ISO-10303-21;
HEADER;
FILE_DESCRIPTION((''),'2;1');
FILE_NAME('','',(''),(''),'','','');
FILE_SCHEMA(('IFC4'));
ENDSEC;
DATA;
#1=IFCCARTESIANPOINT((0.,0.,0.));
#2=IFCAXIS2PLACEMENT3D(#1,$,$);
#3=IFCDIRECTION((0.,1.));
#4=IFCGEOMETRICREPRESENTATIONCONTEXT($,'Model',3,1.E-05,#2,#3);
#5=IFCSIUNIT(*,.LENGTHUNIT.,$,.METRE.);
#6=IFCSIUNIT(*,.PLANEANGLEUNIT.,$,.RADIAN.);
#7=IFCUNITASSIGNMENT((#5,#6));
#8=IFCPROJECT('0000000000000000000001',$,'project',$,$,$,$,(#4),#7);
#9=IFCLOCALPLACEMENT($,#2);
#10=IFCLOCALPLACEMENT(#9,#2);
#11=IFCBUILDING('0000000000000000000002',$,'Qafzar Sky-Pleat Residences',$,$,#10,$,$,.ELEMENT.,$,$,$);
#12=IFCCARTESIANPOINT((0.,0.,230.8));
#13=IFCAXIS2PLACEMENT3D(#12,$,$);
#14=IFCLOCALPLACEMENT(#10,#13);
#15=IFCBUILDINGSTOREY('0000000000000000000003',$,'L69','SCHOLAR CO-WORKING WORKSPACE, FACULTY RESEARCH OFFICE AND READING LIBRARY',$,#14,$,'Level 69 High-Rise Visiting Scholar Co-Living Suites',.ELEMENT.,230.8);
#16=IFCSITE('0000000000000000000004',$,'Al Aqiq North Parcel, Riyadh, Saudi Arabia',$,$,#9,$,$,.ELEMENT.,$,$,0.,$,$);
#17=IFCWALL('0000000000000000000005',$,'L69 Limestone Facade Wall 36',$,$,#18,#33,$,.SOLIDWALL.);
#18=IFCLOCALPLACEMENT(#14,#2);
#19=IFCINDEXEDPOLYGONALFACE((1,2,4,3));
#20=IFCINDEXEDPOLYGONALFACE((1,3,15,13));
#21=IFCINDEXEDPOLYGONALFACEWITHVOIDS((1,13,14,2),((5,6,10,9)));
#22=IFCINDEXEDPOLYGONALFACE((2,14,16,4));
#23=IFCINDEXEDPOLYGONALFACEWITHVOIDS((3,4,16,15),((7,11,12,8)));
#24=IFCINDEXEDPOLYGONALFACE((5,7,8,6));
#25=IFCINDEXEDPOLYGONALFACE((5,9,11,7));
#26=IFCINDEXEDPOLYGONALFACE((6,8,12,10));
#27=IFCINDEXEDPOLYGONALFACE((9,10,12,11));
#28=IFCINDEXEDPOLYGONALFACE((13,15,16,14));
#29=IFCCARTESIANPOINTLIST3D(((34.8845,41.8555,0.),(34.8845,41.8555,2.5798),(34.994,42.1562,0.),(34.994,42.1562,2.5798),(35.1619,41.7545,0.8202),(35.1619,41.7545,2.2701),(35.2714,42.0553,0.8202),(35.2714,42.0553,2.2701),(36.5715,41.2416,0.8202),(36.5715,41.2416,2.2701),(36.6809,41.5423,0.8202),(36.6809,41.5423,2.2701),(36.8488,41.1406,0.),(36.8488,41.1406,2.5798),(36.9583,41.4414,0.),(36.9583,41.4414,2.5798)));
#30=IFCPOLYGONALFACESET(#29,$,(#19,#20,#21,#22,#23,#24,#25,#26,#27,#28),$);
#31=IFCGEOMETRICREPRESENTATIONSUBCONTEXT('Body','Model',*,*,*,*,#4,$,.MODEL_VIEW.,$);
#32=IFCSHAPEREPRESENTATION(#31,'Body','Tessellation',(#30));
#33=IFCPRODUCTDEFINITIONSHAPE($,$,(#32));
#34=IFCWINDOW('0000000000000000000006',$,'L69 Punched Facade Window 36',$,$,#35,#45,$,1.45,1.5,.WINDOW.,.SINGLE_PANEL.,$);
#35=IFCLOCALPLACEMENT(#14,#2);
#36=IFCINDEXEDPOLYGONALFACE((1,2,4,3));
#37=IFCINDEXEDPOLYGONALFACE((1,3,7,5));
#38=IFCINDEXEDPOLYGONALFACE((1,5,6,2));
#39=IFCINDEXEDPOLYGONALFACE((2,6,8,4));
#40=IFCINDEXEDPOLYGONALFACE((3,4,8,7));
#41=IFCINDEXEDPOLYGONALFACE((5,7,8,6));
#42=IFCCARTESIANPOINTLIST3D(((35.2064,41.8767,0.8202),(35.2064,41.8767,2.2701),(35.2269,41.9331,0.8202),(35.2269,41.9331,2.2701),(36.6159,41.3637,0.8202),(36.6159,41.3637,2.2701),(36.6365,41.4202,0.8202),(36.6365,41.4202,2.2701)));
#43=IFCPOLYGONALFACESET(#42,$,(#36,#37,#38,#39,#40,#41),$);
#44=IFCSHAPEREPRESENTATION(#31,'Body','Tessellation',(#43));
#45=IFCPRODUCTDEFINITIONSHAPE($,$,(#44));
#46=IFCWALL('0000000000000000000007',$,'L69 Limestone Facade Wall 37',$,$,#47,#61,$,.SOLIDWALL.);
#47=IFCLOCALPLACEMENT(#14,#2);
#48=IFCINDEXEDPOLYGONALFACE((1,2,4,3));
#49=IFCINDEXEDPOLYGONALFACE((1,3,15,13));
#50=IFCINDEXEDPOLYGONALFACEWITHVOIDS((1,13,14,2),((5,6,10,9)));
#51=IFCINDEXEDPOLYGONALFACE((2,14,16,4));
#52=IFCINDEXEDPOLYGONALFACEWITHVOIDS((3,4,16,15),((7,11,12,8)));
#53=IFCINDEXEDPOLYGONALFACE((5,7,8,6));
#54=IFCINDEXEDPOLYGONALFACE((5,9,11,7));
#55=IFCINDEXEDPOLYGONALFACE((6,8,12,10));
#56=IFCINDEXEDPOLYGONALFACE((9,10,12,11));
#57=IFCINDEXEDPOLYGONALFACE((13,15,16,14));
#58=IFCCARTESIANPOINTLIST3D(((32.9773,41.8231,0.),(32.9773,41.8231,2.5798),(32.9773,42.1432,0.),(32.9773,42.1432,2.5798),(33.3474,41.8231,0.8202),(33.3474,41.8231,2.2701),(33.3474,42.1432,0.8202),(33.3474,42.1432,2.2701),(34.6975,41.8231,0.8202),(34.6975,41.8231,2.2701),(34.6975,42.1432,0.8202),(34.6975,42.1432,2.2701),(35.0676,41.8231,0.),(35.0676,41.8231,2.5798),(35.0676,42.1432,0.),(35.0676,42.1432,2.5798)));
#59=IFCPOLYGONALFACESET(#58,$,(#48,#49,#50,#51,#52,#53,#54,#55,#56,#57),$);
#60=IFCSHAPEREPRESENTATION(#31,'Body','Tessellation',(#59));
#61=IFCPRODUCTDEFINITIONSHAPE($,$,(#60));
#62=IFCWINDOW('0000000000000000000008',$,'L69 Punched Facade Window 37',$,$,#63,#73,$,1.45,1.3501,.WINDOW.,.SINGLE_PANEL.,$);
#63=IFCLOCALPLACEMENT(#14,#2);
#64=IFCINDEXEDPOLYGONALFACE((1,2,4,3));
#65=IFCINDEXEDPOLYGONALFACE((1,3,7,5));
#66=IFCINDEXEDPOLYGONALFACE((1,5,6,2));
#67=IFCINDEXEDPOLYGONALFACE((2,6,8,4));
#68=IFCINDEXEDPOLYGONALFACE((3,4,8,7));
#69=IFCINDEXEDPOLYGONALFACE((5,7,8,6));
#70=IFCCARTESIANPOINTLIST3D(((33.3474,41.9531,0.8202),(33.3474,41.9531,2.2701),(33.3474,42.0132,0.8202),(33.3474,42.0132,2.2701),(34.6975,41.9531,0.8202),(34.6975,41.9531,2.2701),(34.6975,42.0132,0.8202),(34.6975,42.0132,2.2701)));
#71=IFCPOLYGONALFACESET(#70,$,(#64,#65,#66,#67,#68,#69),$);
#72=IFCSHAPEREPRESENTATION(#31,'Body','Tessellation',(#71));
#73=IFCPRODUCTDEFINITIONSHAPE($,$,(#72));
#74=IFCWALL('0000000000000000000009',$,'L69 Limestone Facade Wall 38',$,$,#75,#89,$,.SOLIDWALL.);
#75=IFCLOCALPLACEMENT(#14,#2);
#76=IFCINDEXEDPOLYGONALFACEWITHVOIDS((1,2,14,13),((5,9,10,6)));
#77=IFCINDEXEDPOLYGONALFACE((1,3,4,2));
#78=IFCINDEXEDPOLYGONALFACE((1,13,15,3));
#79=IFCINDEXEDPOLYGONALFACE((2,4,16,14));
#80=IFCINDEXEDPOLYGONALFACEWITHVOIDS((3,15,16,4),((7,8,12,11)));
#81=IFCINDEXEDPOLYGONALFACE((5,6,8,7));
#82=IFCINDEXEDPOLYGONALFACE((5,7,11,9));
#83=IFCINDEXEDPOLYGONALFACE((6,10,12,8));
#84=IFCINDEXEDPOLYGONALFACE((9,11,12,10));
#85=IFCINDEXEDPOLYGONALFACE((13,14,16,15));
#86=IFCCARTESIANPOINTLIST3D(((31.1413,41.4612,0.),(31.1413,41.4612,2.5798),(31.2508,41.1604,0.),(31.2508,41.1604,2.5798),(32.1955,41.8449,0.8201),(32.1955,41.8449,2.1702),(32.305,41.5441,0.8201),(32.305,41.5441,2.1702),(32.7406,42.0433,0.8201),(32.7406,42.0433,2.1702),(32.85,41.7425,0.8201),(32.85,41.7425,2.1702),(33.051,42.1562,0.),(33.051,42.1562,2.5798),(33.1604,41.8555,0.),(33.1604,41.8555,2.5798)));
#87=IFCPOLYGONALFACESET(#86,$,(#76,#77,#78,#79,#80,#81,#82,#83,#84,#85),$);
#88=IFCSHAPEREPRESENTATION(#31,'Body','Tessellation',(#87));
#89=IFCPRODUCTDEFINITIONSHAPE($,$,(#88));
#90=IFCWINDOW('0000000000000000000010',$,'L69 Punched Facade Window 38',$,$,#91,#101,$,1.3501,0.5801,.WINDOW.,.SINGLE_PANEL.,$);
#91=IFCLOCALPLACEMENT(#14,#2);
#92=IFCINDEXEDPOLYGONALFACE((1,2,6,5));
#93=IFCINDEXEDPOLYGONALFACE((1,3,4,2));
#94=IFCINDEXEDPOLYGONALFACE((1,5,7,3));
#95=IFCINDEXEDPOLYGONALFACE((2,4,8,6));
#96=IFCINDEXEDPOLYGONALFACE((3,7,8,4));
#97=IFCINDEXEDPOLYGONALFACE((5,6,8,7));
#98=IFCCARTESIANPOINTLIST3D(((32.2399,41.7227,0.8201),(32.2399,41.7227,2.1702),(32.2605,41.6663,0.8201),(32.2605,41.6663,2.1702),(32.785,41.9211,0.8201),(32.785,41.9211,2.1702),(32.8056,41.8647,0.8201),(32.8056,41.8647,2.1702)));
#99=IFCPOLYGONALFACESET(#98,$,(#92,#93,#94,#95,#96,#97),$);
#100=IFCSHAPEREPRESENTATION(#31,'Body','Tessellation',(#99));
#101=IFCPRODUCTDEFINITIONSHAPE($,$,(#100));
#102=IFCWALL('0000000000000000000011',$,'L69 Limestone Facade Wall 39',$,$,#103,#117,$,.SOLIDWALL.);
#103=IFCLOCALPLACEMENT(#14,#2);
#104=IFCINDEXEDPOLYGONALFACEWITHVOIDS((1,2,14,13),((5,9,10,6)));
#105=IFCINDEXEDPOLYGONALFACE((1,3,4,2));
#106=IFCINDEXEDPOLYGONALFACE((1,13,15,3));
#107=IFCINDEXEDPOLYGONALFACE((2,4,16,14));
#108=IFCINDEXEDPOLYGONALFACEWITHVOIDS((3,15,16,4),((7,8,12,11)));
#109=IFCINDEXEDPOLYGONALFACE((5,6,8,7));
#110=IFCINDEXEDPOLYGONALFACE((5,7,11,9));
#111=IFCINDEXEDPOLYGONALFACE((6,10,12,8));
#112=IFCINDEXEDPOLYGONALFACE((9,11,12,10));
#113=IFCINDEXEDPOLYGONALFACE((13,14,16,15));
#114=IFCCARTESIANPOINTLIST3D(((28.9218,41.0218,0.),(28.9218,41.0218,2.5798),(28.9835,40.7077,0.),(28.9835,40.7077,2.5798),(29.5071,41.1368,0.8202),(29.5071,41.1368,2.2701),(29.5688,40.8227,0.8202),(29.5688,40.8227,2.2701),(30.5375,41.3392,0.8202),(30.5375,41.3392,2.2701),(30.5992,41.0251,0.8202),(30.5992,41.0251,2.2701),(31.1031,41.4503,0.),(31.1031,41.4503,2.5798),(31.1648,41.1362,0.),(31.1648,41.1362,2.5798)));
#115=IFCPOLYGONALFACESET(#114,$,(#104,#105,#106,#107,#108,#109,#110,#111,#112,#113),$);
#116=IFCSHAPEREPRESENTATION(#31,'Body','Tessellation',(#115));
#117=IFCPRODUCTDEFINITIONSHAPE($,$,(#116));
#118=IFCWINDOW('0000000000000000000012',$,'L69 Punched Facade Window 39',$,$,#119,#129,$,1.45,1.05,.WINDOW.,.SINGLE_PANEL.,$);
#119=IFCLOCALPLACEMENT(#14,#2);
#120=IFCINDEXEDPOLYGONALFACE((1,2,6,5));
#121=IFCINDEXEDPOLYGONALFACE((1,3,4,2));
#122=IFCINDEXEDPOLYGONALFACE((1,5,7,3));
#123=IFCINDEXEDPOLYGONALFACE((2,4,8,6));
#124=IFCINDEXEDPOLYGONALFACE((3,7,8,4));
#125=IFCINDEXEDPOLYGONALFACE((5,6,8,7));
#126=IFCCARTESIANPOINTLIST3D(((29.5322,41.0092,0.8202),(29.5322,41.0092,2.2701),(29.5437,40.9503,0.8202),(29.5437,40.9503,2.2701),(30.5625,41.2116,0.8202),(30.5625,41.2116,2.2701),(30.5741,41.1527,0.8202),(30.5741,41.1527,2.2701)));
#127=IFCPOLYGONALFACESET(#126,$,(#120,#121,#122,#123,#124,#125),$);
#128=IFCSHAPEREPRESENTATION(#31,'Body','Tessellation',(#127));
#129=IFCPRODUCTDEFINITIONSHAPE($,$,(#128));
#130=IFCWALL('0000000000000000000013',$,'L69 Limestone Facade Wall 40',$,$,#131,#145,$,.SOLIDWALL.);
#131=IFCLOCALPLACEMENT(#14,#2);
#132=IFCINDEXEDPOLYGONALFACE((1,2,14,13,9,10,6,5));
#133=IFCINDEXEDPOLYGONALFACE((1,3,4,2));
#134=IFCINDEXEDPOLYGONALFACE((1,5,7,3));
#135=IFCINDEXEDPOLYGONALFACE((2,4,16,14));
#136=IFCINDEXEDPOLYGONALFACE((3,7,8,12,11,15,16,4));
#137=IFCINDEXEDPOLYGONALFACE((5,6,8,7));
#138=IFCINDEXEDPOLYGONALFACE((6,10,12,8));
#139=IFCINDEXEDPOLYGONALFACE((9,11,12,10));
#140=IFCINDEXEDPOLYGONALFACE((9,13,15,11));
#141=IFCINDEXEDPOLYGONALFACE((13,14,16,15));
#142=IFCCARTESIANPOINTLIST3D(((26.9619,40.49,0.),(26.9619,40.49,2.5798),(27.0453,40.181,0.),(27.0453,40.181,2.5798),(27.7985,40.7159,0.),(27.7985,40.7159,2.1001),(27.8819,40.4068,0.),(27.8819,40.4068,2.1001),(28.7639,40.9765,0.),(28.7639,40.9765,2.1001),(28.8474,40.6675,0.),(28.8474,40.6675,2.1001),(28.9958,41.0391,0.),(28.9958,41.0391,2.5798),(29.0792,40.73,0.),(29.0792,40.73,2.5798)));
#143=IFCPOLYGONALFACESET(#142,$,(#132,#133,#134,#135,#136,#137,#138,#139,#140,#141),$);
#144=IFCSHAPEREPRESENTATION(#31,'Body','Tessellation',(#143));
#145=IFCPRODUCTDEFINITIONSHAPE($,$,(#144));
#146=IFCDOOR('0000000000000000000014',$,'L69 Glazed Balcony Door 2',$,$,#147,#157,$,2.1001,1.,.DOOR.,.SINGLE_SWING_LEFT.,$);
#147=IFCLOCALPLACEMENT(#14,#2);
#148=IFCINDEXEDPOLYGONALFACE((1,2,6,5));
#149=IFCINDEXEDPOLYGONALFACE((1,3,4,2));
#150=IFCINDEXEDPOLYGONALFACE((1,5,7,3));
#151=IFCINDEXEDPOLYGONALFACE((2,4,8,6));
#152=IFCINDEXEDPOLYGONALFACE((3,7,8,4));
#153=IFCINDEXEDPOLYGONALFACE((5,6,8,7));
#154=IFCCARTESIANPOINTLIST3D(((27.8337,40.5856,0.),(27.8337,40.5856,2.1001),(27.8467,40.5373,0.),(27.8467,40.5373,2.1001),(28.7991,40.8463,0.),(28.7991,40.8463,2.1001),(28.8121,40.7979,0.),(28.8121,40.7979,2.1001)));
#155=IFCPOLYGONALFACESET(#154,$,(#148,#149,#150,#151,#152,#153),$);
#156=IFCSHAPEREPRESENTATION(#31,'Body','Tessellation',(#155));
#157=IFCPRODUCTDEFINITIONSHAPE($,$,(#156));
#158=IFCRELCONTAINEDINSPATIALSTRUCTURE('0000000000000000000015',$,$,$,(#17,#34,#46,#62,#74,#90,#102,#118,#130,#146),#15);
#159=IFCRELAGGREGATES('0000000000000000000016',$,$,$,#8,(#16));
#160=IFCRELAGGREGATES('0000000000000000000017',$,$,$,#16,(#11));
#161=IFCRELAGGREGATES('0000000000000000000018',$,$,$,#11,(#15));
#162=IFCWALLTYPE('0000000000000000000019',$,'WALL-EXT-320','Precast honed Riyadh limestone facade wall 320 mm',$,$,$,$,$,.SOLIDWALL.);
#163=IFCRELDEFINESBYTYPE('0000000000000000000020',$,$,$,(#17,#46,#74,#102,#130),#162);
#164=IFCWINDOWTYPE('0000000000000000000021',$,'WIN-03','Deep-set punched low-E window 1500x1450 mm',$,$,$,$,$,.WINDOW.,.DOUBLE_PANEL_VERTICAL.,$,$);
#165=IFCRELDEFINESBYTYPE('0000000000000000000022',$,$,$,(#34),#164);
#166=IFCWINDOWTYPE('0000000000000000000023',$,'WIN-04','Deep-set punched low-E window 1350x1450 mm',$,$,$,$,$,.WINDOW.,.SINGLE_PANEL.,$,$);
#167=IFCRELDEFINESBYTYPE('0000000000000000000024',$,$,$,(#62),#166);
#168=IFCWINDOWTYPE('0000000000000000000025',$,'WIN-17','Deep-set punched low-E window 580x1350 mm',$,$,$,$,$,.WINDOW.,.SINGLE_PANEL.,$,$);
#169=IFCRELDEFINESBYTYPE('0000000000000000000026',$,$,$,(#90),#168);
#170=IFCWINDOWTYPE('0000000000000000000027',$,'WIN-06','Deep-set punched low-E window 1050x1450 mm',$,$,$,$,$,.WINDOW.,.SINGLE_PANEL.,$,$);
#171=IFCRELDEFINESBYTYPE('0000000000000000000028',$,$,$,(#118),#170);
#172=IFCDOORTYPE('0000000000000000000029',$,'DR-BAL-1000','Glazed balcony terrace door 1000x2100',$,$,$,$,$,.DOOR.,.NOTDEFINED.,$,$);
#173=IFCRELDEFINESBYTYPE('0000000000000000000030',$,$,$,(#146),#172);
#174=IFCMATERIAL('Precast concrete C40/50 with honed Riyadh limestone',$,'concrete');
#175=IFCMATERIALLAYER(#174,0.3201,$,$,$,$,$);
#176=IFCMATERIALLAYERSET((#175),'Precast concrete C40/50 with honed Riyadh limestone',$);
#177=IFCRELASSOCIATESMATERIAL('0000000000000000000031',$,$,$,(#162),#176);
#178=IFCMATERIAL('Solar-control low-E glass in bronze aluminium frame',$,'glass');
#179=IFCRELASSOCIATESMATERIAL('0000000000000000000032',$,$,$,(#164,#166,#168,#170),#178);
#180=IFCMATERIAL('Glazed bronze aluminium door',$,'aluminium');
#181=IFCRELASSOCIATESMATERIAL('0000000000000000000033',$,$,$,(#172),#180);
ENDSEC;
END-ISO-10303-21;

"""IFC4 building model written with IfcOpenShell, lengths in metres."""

from ifc_helpers import new_model, si_unit, direction, frame, frame_2d, origin, place, context, subcontext, project, spatial, rectangle, extrude, source, transform, mapped, material, layer, layer_set, type_object, element, fill, save


model = new_model("IFC4")

# Units and contexts
model_context = context("Model", 3, precision=1e-05, world=origin(), true_north=direction((0.0, 1.0)))
body_context = subcontext(model_context, "Body", "Model", "MODEL_VIEW")
ifc_project = project(units=[si_unit("LENGTHUNIT", "METRE"), si_unit("PLANEANGLEUNIT", "RADIAN")], contexts=[model_context])

# Site, building, storey
site_placement = place(None, origin())
site = spatial("IfcSite", under=ifc_project, at=site_placement, Name="Al Aqiq North Parcel, Riyadh, Saudi Arabia", CompositionType="ELEMENT", RefElevation=0.0)
building_placement = place(site_placement, origin())
building = spatial("IfcBuilding", under=site, at=building_placement, Name="Qafzar Sky-Pleat Residences", CompositionType="ELEMENT")
storey_placement = place(building_placement, frame((0.0, 0.0, 230.8)))
storey = spatial("IfcBuildingStorey", under=building, at=storey_placement, Name="L69", Description="SCHOLAR CO-WORKING WORKSPACE, FACULTY RESEARCH OFFICE AND READING LIBRARY", LongName="Level 69 High-Rise Visiting Scholar Co-Living Suites", CompositionType="ELEMENT", Elevation=230.8)

# Walls, openings, windows
ifc_material_1 = material(Name="Precast concrete C40/50 with honed Riyadh limestone", Category="concrete")
ifc_layer_1 = layer(ifc_material_1, 0.3201)
ifc_layer_set_1 = layer_set([ifc_layer_1], Name="Precast concrete C40/50 with honed Riyadh limestone")
wall_type_1 = type_object("IfcWallType", Name="WALL-EXT-320", Description="Precast honed Riyadh limestone facade wall 320 mm", PredefinedType="SOLIDWALL", material=ifc_layer_set_1)
wall_1_placement = place(storey_placement, frame((36.9036, 41.291, 0.0), z_axis=(0.0, 0.0, 1.0), x_axis=(-0.939712, 0.341968, 0.0)))
wall_1 = element("IfcWall", 1, at=wall_1_placement, inside=storey, type_object=wall_type_1, Name="L69 Limestone Facade Wall 36", PredefinedType="SOLIDWALL", context=body_context, shape_type="SweptSolid", body=[
    extrude(rectangle(XDim=2.0903, YDim=0.3201, at=frame_2d((1.0452, 0.0))), origin(), (0.0, 0.0, 1.0), 2.5798),
])
opening_1_placement = place(wall_1_placement, frame((0.2952, 0.0, 0.8201)))
opening_1 = element("IfcOpeningElement", 2, at=opening_1_placement, cuts=wall_1, PredefinedType="OPENING", context=body_context, shape_type="SweptSolid", body=[
    extrude(rectangle(XDim=1.5, YDim=1.45, at=frame_2d((0.75, 0.7251))), frame((0.0, 0.1699, 0.0), z_axis=(0.0, -1.0, 0.0), x_axis=(1.0, 0.0, 0.0)), (0.0, 0.0, 1.0), 0.3401),
])
ifc_material_2 = material(Name="Solar-control low-E glass in bronze aluminium frame", Category="glass")
window_type_1 = type_object("IfcWindowType", Name="WIN-03", Description="Deep-set punched low-E window 1500x1450 mm", PartitioningType="DOUBLE_PANEL_VERTICAL", PredefinedType="WINDOW", material=ifc_material_2)
shared_shape_1 = source(origin(), body_context, "Body", "SweptSolid", [
    extrude(rectangle(XDim=1.5, YDim=1.45, at=frame_2d((0.75, 0.7251))), frame((0.0, 0.03, 0.0), z_axis=(0.0, -1.0, 0.0), x_axis=(1.0, 0.0, 0.0)), (0.0, 0.0, 1.0), 0.0601),
])
window_1_placement = place(opening_1_placement, origin())
window_1 = element("IfcWindow", 3, at=window_1_placement, inside=storey, type_object=window_type_1, Name="L69 Punched Facade Window 36", OverallHeight=1.45, OverallWidth=1.5, PartitioningType="SINGLE_PANEL", PredefinedType="WINDOW", context=body_context, shape_type="MappedRepresentation", body=[
    mapped(shared_shape_1, transform((0.0, 0.0, 0.0), x_axis=(1.0, 0.0, 0.0), y_axis=(0.0, 1.0, 0.0), z_axis=(0.0, 0.0, 1.0), scale=1.0)),
])
fill(opening_1, window_1)
wall_2_placement = place(storey_placement, frame((35.0676, 41.9832, 0.0), z_axis=(0.0, 0.0, 1.0), x_axis=(-1.0, 0.0, 0.0)))
wall_2 = element("IfcWall", 4, at=wall_2_placement, inside=storey, type_object=wall_type_1, Name="L69 Limestone Facade Wall 37", PredefinedType="SOLIDWALL", context=body_context, shape_type="SweptSolid", body=[
    extrude(rectangle(XDim=2.0903, YDim=0.3201, at=frame_2d((1.0452, 0.0))), origin(), (0.0, 0.0, 1.0), 2.5798),
])
opening_2_placement = place(wall_2_placement, frame((0.3701, 0.0, 0.8201)))
opening_2 = element("IfcOpeningElement", 5, at=opening_2_placement, cuts=wall_2, PredefinedType="OPENING", context=body_context, shape_type="SweptSolid", body=[
    extrude(rectangle(XDim=1.3501, YDim=1.45, at=frame_2d((0.675, 0.7251))), frame((0.0, 0.1699, 0.0), z_axis=(0.0, -1.0, 0.0), x_axis=(1.0, 0.0, 0.0)), (0.0, 0.0, 1.0), 0.3401),
])
window_type_2 = type_object("IfcWindowType", Name="WIN-04", Description="Deep-set punched low-E window 1350x1450 mm", PartitioningType="SINGLE_PANEL", PredefinedType="WINDOW", material=ifc_material_2)
shared_shape_2 = source(origin(), body_context, "Body", "SweptSolid", [
    extrude(rectangle(XDim=1.3501, YDim=1.45, at=frame_2d((0.675, 0.7251))), frame((0.0, 0.03, 0.0), z_axis=(0.0, -1.0, 0.0), x_axis=(1.0, 0.0, 0.0)), (0.0, 0.0, 1.0), 0.0601),
])
window_2_placement = place(opening_2_placement, origin())
window_2 = element("IfcWindow", 6, at=window_2_placement, inside=storey, type_object=window_type_2, Name="L69 Punched Facade Window 37", OverallHeight=1.45, OverallWidth=1.3501, PartitioningType="SINGLE_PANEL", PredefinedType="WINDOW", context=body_context, shape_type="MappedRepresentation", body=[
    mapped(shared_shape_2, transform((0.0, 0.0, 0.0), x_axis=(1.0, 0.0, 0.0), y_axis=(0.0, 1.0, 0.0), z_axis=(0.0, 0.0, 1.0), scale=1.0)),
])
fill(opening_2, window_2)
wall_3_placement = place(storey_placement, frame((33.1057, 42.0059, 0.0), z_axis=(0.0, 0.0, 1.0), x_axis=(-0.939692, -0.342023, 0.0)))
wall_3 = element("IfcWall", 7, at=wall_3_placement, inside=storey, type_object=wall_type_1, Name="L69 Limestone Facade Wall 38", PredefinedType="SOLIDWALL", context=body_context, shape_type="SweptSolid", body=[
    extrude(rectangle(XDim=2.0322, YDim=0.3201, at=frame_2d((1.0161, 0.0))), origin(), (0.0, 0.0, 1.0), 2.5798),
])
opening_3_placement = place(wall_3_placement, frame((0.3303, 0.0, 0.8201)))
opening_3 = element("IfcOpeningElement", 8, at=opening_3_placement, cuts=wall_3, PredefinedType="OPENING", context=body_context, shape_type="SweptSolid", body=[
    extrude(rectangle(XDim=0.5801, YDim=1.3501, at=frame_2d((0.29, 0.675))), frame((0.0, 0.1699, 0.0), z_axis=(0.0, -1.0, 0.0), x_axis=(1.0, 0.0, 0.0)), (0.0, 0.0, 1.0), 0.3401),
])
window_type_3 = type_object("IfcWindowType", Name="WIN-17", Description="Deep-set punched low-E window 580x1350 mm", PartitioningType="SINGLE_PANEL", PredefinedType="WINDOW", material=ifc_material_2)
shared_shape_3 = source(origin(), body_context, "Body", "SweptSolid", [
    extrude(rectangle(XDim=0.5801, YDim=1.3501, at=frame_2d((0.29, 0.675))), frame((0.0, 0.03, 0.0), z_axis=(0.0, -1.0, 0.0), x_axis=(1.0, 0.0, 0.0)), (0.0, 0.0, 1.0), 0.0601),
])
window_3_placement = place(opening_3_placement, origin())
window_3 = element("IfcWindow", 9, at=window_3_placement, inside=storey, type_object=window_type_3, Name="L69 Punched Facade Window 38", OverallHeight=1.3501, OverallWidth=0.5801, PartitioningType="SINGLE_PANEL", PredefinedType="WINDOW", context=body_context, shape_type="MappedRepresentation", body=[
    mapped(shared_shape_3, transform((0.0, 0.0, 0.0), x_axis=(1.0, 0.0, 0.0), y_axis=(0.0, 1.0, 0.0), z_axis=(0.0, 0.0, 1.0), scale=1.0)),
])
fill(opening_3, window_3)
wall_4_placement = place(storey_placement, frame((31.1338, 41.2932, 0.0), z_axis=(0.0, 0.0, 1.0), x_axis=(-0.981247, -0.192757, 0.0)))
wall_4 = element("IfcWall", 10, at=wall_4_placement, inside=storey, type_object=wall_type_1, Name="L69 Limestone Facade Wall 39", PredefinedType="SOLIDWALL", context=body_context, shape_type="SweptSolid", body=[
    extrude(rectangle(XDim=2.2229, YDim=0.3201, at=frame_2d((1.1113, 0.0))), origin(), (0.0, 0.0, 1.0), 2.5798),
])
opening_4_placement = place(wall_4_placement, frame((0.5764, 0.0, 0.8201)))
opening_4 = element("IfcOpeningElement", 11, at=opening_4_placement, cuts=wall_4, PredefinedType="OPENING", context=body_context, shape_type="SweptSolid", body=[
    extrude(rectangle(XDim=1.05, YDim=1.45, at=frame_2d((0.5249, 0.7251))), frame((0.0, 0.1699, 0.0), z_axis=(0.0, -1.0, 0.0), x_axis=(1.0, 0.0, 0.0)), (0.0, 0.0, 1.0), 0.3401),
])
window_type_4 = type_object("IfcWindowType", Name="WIN-06", Description="Deep-set punched low-E window 1050x1450 mm", PartitioningType="SINGLE_PANEL", PredefinedType="WINDOW", material=ifc_material_2)
shared_shape_4 = source(origin(), body_context, "Body", "SweptSolid", [
    extrude(rectangle(XDim=1.05, YDim=1.45, at=frame_2d((0.5249, 0.7251))), frame((0.0, 0.03, 0.0), z_axis=(0.0, -1.0, 0.0), x_axis=(1.0, 0.0, 0.0)), (0.0, 0.0, 1.0), 0.0601),
])
window_4_placement = place(opening_4_placement, origin())
window_4 = element("IfcWindow", 12, at=window_4_placement, inside=storey, type_object=window_type_4, Name="L69 Punched Facade Window 39", OverallHeight=1.45, OverallWidth=1.05, PartitioningType="SINGLE_PANEL", PredefinedType="WINDOW", context=body_context, shape_type="MappedRepresentation", body=[
    mapped(shared_shape_4, transform((0.0, 0.0, 0.0), x_axis=(1.0, 0.0, 0.0), y_axis=(0.0, 1.0, 0.0), z_axis=(0.0, 0.0, 1.0), scale=1.0)),
])
fill(opening_4, window_4)

# Wall, opening, door
wall_5_placement = place(storey_placement, frame((29.0374, 40.8845, 0.0), z_axis=(0.0, 0.0, 1.0), x_axis=(-0.96544, -0.260626, 0.0)))
wall_5 = element("IfcWall", 13, at=wall_5_placement, inside=storey, type_object=wall_type_1, Name="L69 Limestone Facade Wall 40", PredefinedType="SOLIDWALL", context=body_context, shape_type="SweptSolid", body=[
    extrude(rectangle(XDim=2.1067, YDim=0.3201, at=frame_2d((1.0532, 0.0))), origin(), (0.0, 0.0, 1.0), 2.5798),
])
opening_5_placement = place(wall_5_placement, frame((0.24, 0.0, 0.0)))
opening_5 = element("IfcOpeningElement", 14, at=opening_5_placement, cuts=wall_5, PredefinedType="OPENING", context=body_context, shape_type="SweptSolid", body=[
    extrude(rectangle(XDim=1.0, YDim=2.1001, at=frame_2d((0.5, 1.05))), frame((0.0, 0.1699, 0.0), z_axis=(0.0, -1.0, 0.0), x_axis=(1.0, 0.0, 0.0)), (0.0, 0.0, 1.0), 0.3401),
])
ifc_material_3 = material(Name="Glazed bronze aluminium door", Category="aluminium")
door_type_1 = type_object("IfcDoorType", Name="DR-BAL-1000", Description="Glazed balcony terrace door 1000x2100", OperationType="NOTDEFINED", PredefinedType="DOOR", material=ifc_material_3)
shared_shape_5 = source(origin(), body_context, "Body", "SweptSolid", [
    extrude(rectangle(XDim=1.0, YDim=2.1001, at=frame_2d((0.5, 1.05))), frame((0.0, 0.0249, 0.0), z_axis=(0.0, -1.0, 0.0), x_axis=(1.0, 0.0, 0.0)), (0.0, 0.0, 1.0), 0.05),
])
door_1_placement = place(opening_5_placement, origin())
door_1 = element("IfcDoor", 15, at=door_1_placement, inside=storey, type_object=door_type_1, Name="L69 Glazed Balcony Door 2", OperationType="SINGLE_SWING_LEFT", OverallHeight=2.1001, OverallWidth=1.0, PredefinedType="DOOR", context=body_context, shape_type="MappedRepresentation", body=[
    mapped(shared_shape_5, transform((0.0, 0.0, 0.0), x_axis=(1.0, 0.0, 0.0), y_axis=(0.0, 1.0, 0.0), z_axis=(0.0, 0.0, 1.0), scale=1.0)),
])
fill(opening_5, door_1)

save(model, "model.ifc")
